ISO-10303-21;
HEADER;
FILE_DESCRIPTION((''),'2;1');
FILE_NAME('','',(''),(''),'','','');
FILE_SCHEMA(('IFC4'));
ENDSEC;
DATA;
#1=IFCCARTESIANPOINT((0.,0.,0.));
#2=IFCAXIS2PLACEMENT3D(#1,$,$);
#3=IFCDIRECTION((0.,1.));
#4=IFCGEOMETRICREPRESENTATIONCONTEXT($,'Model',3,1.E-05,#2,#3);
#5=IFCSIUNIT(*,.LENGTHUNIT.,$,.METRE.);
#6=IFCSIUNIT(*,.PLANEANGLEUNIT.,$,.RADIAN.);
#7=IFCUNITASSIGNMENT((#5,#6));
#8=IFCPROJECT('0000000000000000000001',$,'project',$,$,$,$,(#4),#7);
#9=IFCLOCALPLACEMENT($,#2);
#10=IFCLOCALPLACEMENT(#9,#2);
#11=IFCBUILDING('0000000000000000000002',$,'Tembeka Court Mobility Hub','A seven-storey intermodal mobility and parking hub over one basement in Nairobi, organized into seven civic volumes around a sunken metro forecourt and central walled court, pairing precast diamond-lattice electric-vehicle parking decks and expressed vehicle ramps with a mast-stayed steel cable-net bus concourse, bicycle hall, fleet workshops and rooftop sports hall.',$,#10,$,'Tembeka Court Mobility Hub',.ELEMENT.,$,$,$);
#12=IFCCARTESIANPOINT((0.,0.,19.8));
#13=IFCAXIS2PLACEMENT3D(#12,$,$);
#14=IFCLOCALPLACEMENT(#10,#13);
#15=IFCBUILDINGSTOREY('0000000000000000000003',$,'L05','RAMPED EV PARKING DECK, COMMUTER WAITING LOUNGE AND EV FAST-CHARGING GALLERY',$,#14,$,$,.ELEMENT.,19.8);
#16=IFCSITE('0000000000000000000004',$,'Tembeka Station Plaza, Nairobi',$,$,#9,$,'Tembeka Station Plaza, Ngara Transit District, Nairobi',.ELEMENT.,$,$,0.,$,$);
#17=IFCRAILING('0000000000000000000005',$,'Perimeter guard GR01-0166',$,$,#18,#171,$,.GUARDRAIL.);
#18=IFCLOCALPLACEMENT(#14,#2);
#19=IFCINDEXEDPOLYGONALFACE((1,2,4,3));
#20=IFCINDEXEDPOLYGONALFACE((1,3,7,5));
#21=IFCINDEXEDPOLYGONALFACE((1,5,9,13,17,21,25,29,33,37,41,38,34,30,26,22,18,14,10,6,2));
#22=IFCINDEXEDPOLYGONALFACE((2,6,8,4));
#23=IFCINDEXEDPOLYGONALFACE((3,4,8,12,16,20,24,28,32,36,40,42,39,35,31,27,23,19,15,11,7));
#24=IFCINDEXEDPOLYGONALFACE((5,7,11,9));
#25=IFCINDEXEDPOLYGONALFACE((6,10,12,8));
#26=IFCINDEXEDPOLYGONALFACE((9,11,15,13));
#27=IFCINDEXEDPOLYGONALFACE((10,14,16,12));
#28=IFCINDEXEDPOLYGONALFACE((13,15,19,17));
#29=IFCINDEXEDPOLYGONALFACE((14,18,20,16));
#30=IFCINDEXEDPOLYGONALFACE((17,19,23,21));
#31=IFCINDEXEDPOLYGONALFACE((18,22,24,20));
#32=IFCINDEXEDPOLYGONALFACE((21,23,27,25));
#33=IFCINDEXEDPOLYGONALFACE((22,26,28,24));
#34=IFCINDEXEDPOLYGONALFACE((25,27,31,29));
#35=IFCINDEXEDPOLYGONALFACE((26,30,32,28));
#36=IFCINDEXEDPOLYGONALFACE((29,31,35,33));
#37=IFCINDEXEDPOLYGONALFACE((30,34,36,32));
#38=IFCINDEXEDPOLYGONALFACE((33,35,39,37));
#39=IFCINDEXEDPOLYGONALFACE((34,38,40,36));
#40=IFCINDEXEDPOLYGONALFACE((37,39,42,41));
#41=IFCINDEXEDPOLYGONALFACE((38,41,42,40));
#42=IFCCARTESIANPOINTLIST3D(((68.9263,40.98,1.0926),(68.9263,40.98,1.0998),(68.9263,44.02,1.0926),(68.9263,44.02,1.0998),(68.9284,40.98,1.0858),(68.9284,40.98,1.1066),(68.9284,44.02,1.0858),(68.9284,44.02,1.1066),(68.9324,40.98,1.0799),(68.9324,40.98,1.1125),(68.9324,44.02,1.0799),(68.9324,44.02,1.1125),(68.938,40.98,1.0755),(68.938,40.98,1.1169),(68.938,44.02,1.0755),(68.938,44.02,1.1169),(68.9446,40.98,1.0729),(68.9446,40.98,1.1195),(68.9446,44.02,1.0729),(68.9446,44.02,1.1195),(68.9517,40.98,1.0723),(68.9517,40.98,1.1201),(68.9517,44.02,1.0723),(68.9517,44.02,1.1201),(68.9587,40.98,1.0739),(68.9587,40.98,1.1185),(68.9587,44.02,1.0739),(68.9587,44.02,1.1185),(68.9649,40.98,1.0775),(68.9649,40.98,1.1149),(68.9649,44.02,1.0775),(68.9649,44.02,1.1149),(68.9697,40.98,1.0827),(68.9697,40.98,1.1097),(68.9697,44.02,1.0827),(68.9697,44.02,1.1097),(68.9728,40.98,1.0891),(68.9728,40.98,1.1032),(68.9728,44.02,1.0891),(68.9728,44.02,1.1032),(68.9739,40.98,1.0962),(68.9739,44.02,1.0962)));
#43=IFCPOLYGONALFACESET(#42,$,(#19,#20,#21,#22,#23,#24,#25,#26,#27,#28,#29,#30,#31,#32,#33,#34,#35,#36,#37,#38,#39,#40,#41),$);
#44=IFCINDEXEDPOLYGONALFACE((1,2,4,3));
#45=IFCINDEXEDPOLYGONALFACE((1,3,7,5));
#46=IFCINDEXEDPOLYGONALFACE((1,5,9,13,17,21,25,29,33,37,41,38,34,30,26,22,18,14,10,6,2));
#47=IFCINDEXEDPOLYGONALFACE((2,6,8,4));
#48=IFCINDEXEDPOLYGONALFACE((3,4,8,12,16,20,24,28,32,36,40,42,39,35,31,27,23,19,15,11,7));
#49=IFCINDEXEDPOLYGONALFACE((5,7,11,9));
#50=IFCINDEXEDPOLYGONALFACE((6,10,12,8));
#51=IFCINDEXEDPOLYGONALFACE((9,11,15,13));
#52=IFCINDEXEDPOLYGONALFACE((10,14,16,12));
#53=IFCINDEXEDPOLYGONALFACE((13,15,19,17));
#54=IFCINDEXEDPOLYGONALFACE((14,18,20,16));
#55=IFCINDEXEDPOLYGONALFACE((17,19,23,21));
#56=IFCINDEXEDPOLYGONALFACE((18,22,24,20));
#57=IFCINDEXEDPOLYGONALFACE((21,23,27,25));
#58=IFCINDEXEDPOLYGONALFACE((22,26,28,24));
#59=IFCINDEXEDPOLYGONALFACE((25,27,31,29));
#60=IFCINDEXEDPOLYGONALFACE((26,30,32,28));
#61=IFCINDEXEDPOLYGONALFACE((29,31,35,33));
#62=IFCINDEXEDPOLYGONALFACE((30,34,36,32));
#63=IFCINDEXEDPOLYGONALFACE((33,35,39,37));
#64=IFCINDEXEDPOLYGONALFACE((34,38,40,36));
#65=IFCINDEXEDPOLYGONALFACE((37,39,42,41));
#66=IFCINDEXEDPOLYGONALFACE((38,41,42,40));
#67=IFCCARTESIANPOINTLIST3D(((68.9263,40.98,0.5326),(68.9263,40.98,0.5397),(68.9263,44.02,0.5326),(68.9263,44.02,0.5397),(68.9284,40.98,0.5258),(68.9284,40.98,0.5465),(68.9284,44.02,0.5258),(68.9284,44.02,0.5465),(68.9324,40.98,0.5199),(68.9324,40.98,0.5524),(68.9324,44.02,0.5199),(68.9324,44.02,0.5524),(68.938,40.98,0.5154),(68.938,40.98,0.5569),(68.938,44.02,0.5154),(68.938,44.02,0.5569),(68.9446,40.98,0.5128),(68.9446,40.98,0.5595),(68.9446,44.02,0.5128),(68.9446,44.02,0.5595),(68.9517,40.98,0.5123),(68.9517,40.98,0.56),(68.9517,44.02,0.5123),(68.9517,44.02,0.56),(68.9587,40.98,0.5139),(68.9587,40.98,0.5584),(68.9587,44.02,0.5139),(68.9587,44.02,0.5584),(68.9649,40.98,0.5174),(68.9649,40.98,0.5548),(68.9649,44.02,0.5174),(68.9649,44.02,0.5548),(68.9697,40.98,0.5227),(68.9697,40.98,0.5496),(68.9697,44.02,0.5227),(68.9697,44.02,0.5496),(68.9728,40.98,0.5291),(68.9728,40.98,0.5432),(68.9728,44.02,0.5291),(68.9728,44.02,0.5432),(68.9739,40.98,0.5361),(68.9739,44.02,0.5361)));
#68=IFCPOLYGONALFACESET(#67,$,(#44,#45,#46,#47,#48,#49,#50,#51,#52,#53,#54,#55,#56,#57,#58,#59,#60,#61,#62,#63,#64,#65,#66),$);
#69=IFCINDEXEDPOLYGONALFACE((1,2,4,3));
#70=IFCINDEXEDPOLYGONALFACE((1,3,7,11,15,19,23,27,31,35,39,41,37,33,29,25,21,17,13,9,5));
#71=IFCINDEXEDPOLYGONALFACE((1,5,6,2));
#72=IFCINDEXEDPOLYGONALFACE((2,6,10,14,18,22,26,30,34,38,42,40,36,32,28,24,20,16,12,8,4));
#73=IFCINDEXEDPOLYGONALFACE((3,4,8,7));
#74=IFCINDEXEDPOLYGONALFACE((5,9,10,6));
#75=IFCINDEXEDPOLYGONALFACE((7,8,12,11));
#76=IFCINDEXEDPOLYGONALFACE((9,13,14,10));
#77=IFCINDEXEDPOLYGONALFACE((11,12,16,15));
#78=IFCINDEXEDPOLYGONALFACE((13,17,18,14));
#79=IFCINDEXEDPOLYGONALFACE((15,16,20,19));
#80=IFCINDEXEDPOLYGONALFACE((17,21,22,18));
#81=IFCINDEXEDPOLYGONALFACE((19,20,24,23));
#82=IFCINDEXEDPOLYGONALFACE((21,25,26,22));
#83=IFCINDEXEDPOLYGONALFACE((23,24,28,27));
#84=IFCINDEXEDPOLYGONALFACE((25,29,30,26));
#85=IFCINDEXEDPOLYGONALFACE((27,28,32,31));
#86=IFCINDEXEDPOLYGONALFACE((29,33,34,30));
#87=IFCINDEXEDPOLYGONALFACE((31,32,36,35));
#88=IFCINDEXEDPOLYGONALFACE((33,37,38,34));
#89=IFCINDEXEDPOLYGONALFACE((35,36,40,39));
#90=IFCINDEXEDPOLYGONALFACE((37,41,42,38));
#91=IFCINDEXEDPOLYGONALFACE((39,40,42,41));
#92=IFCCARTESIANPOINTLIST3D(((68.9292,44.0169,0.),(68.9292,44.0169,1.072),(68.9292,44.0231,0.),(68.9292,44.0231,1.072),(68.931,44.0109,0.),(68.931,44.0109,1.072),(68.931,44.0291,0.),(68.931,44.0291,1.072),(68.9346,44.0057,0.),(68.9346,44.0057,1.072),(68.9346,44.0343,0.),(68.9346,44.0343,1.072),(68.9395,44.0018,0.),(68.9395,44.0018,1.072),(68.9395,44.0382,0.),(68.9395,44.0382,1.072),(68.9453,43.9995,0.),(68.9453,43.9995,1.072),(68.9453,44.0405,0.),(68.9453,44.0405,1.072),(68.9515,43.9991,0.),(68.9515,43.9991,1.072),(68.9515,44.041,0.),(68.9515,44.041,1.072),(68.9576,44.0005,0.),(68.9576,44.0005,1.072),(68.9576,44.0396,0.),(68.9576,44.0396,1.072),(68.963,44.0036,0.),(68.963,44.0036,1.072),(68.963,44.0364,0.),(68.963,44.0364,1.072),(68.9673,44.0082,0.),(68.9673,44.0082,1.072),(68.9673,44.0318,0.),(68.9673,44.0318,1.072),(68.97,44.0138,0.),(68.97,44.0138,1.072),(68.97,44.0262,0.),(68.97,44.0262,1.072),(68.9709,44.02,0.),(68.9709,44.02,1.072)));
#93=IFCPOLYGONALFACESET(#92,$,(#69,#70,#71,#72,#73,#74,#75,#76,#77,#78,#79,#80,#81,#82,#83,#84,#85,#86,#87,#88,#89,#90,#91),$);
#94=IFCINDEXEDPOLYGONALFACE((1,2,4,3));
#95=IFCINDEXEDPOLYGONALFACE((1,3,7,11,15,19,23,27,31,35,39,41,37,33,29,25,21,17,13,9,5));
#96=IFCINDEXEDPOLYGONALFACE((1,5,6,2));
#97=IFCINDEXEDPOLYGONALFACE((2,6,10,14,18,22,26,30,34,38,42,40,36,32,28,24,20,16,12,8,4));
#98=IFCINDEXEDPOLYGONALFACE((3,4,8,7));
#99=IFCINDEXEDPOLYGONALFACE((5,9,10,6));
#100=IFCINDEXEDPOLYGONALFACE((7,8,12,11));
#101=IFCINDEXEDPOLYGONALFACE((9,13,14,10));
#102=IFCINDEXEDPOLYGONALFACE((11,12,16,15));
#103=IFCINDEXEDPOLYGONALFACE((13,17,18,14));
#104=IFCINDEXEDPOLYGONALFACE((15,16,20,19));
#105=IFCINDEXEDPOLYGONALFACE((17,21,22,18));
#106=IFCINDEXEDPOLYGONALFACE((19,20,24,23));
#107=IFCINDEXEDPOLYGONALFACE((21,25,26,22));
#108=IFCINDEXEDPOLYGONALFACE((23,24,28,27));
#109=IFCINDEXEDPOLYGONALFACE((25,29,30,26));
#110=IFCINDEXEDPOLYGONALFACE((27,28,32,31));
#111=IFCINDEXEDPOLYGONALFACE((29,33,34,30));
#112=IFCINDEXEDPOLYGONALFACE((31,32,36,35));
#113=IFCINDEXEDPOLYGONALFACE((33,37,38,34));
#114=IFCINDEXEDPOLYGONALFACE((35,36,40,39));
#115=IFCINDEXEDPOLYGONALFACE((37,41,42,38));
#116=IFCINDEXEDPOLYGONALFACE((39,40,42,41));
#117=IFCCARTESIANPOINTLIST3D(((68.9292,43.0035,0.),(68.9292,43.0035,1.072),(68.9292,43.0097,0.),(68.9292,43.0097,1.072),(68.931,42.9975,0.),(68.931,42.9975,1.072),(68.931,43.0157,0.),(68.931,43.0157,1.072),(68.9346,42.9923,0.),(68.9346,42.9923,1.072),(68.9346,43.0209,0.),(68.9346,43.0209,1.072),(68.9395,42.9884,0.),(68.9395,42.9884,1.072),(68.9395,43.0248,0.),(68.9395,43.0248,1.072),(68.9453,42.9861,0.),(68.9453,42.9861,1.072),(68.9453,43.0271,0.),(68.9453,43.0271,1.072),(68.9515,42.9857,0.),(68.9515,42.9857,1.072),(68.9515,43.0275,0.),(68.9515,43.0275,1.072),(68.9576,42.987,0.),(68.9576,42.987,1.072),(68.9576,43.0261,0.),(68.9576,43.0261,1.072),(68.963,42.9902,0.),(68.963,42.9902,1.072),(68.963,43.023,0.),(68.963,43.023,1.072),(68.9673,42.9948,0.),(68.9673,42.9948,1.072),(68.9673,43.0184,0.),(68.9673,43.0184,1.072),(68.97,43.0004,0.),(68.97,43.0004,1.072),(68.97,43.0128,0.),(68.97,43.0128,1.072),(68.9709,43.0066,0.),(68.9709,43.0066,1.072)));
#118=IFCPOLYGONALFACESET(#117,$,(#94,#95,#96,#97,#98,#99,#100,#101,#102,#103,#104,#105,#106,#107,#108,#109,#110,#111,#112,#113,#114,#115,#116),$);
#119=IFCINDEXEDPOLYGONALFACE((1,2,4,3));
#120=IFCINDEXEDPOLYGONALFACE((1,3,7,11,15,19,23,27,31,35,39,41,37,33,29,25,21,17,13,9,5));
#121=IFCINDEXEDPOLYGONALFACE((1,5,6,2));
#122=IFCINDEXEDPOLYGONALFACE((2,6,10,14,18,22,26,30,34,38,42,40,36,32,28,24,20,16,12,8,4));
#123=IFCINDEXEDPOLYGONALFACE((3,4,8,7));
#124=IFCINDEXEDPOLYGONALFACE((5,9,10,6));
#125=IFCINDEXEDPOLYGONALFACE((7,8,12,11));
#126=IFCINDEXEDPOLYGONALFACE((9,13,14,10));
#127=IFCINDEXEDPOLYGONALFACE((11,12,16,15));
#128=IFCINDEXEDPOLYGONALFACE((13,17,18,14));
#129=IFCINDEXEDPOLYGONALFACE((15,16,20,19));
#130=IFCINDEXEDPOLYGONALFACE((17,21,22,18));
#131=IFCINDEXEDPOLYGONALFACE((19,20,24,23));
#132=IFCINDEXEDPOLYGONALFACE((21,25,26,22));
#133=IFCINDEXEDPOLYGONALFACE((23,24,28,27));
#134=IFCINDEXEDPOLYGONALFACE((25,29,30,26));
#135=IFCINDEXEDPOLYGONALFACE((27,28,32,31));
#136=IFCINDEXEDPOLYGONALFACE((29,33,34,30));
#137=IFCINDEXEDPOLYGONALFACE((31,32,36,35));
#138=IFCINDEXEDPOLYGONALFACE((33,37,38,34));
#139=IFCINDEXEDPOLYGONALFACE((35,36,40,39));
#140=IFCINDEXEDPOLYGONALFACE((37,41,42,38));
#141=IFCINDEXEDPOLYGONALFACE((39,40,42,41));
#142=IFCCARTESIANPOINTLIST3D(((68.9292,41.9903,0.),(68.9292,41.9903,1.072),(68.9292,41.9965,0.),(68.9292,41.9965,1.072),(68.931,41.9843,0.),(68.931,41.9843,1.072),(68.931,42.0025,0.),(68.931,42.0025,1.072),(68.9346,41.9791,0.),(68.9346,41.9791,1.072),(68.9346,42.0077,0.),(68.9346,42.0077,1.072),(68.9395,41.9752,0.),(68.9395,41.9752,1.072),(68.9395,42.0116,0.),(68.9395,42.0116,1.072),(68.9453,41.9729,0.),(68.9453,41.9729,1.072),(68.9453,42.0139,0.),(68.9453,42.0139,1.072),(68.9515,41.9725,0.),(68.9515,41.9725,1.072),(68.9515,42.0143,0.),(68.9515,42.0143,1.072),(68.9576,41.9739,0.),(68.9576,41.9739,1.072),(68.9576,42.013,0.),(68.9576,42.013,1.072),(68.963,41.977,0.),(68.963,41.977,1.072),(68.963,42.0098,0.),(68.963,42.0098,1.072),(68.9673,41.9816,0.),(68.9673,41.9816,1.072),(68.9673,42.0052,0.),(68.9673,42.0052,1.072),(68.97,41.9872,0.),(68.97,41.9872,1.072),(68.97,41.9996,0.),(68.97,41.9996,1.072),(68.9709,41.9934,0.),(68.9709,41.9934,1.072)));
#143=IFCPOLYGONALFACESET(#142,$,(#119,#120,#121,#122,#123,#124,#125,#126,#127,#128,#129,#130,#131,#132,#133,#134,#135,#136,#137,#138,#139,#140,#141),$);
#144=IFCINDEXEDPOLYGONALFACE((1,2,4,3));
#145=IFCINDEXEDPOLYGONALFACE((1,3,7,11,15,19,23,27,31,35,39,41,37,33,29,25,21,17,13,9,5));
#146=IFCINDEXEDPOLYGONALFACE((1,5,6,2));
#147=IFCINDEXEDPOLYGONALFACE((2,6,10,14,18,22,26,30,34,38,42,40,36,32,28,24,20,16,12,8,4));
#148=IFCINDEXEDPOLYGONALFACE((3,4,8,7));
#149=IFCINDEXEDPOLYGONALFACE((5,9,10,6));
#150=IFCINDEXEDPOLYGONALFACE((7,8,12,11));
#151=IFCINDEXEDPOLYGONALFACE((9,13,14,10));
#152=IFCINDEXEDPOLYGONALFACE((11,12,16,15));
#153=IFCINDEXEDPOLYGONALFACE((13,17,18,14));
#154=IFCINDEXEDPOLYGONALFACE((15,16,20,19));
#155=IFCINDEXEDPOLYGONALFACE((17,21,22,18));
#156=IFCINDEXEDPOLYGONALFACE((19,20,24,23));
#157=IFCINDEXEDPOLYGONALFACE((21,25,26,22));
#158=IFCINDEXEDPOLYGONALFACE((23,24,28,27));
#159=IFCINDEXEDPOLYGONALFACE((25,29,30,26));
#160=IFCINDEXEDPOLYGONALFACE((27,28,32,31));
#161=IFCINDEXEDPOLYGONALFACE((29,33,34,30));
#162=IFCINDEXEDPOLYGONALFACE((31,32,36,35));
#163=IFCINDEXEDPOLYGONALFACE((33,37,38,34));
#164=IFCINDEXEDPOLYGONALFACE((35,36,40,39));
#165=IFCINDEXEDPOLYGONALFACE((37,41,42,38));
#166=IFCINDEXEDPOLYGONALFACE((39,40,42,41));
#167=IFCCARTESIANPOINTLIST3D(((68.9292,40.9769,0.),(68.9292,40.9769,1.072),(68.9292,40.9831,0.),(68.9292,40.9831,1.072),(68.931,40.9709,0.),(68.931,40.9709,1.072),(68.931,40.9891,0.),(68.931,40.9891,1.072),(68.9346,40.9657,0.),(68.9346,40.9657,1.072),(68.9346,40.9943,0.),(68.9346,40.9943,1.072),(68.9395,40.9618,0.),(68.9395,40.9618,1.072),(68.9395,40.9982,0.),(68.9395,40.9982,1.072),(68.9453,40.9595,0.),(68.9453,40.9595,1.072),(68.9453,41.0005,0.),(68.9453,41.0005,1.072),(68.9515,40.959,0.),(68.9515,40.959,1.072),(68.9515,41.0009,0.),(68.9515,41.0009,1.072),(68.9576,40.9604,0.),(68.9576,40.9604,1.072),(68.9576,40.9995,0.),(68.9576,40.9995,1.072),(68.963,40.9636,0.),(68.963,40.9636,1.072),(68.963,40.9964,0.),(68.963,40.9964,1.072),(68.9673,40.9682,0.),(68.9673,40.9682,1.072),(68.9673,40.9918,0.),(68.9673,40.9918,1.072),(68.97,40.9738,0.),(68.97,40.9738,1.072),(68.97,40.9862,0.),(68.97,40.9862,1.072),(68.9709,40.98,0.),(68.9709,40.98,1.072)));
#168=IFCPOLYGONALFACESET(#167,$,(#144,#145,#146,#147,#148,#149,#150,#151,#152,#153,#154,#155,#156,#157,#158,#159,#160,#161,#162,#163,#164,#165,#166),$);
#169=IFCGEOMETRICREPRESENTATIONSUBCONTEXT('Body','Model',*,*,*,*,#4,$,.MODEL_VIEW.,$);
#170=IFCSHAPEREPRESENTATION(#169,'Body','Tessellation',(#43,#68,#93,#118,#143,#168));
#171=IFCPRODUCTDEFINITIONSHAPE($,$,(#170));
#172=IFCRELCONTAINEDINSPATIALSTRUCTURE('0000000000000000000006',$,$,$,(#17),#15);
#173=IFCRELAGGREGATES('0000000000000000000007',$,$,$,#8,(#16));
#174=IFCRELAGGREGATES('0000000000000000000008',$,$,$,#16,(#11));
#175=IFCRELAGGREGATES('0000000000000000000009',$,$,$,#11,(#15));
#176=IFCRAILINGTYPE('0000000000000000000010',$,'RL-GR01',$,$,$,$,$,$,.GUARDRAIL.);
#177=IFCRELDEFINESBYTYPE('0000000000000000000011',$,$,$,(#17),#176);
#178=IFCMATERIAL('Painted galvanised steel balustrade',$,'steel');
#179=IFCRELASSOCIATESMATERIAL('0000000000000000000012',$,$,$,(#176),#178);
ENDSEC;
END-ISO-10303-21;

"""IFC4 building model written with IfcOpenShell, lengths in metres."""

from ifc_helpers import new_model, si_unit, direction, frame, origin, origin_2d, place, context, subcontext, project, spatial, circle, extrude, material, type_object, element, save


model = new_model("IFC4")

# Units and contexts
model_context = context("Model", 3, precision=1e-05, world=origin(), true_north=direction((0.0, 1.0)))
body_context = subcontext(model_context, "Body", "Model", "MODEL_VIEW")
ifc_project = project(units=[si_unit("LENGTHUNIT", "METRE"), si_unit("PLANEANGLEUNIT", "RADIAN")], contexts=[model_context])

# Site, building, storey
site_placement = place(None, origin())
site = spatial("IfcSite", under=ifc_project, at=site_placement, Name="Tembeka Station Plaza, Nairobi", LongName="Tembeka Station Plaza, Ngara Transit District, Nairobi", CompositionType="ELEMENT", RefElevation=0.0)
building_placement = place(site_placement, origin())
building = spatial("IfcBuilding", under=site, at=building_placement, Name="Tembeka Court Mobility Hub", Description="A seven-storey intermodal mobility and parking hub over one basement in Nairobi, organized into seven civic volumes around a sunken metro forecourt and central walled court, pairing precast diamond-lattice electric-vehicle parking decks and expressed vehicle ramps with a mast-stayed steel cable-net bus concourse, bicycle hall, fleet workshops and rooftop sports hall.", LongName="Tembeka Court Mobility Hub", CompositionType="ELEMENT")
storey_placement = place(building_placement, frame((0.0, 0.0, 19.8)))
storey = spatial("IfcBuildingStorey", under=building, at=storey_placement, Name="L05", Description="RAMPED EV PARKING DECK, COMMUTER WAITING LOUNGE AND EV FAST-CHARGING GALLERY", CompositionType="ELEMENT", Elevation=19.8)

# Railing
ifc_material_1 = material(Name="Painted galvanised steel balustrade", Category="steel")
railing_type = type_object("IfcRailingType", Name="RL-GR01", PredefinedType="GUARDRAIL", material=ifc_material_1)
railing_1_placement = place(storey_placement, frame((68.95, 44.02, 0.0)))
element("IfcRailing", 1, at=railing_1_placement, inside=storey, type_object=railing_type, Name="Perimeter guard GR01-0166", PredefinedType="GUARDRAIL", context=body_context, shape_type="SweptSolid", body=[
    extrude(circle(Radius=0.0239, at=origin_2d()), frame((0.0, 0.0, 1.0962), z_axis=(0.0, -1.0, 0.0), x_axis=(1.0, 0.0, 0.0)), (0.0, 0.0, 1.0), 3.04),
    extrude(circle(Radius=0.0239, at=origin_2d()), frame((0.0, 0.0, 0.5361), z_axis=(0.0, -1.0, 0.0), x_axis=(1.0, 0.0, 0.0)), (0.0, 0.0, 1.0), 3.04),
    extrude(circle(Radius=0.021, at=origin_2d()), origin(), (0.0, 0.0, 1.0), 1.072),
    extrude(circle(Radius=0.021, at=origin_2d()), frame((0.0, -1.0134, 0.0)), (0.0, 0.0, 1.0), 1.072),
    extrude(circle(Radius=0.021, at=origin_2d()), frame((0.0, -2.0266, 0.0)), (0.0, 0.0, 1.0), 1.072),
    extrude(circle(Radius=0.021, at=origin_2d()), frame((0.0, -3.04, 0.0)), (0.0, 0.0, 1.0), 1.072),
])

save(model, "model.ifc")
